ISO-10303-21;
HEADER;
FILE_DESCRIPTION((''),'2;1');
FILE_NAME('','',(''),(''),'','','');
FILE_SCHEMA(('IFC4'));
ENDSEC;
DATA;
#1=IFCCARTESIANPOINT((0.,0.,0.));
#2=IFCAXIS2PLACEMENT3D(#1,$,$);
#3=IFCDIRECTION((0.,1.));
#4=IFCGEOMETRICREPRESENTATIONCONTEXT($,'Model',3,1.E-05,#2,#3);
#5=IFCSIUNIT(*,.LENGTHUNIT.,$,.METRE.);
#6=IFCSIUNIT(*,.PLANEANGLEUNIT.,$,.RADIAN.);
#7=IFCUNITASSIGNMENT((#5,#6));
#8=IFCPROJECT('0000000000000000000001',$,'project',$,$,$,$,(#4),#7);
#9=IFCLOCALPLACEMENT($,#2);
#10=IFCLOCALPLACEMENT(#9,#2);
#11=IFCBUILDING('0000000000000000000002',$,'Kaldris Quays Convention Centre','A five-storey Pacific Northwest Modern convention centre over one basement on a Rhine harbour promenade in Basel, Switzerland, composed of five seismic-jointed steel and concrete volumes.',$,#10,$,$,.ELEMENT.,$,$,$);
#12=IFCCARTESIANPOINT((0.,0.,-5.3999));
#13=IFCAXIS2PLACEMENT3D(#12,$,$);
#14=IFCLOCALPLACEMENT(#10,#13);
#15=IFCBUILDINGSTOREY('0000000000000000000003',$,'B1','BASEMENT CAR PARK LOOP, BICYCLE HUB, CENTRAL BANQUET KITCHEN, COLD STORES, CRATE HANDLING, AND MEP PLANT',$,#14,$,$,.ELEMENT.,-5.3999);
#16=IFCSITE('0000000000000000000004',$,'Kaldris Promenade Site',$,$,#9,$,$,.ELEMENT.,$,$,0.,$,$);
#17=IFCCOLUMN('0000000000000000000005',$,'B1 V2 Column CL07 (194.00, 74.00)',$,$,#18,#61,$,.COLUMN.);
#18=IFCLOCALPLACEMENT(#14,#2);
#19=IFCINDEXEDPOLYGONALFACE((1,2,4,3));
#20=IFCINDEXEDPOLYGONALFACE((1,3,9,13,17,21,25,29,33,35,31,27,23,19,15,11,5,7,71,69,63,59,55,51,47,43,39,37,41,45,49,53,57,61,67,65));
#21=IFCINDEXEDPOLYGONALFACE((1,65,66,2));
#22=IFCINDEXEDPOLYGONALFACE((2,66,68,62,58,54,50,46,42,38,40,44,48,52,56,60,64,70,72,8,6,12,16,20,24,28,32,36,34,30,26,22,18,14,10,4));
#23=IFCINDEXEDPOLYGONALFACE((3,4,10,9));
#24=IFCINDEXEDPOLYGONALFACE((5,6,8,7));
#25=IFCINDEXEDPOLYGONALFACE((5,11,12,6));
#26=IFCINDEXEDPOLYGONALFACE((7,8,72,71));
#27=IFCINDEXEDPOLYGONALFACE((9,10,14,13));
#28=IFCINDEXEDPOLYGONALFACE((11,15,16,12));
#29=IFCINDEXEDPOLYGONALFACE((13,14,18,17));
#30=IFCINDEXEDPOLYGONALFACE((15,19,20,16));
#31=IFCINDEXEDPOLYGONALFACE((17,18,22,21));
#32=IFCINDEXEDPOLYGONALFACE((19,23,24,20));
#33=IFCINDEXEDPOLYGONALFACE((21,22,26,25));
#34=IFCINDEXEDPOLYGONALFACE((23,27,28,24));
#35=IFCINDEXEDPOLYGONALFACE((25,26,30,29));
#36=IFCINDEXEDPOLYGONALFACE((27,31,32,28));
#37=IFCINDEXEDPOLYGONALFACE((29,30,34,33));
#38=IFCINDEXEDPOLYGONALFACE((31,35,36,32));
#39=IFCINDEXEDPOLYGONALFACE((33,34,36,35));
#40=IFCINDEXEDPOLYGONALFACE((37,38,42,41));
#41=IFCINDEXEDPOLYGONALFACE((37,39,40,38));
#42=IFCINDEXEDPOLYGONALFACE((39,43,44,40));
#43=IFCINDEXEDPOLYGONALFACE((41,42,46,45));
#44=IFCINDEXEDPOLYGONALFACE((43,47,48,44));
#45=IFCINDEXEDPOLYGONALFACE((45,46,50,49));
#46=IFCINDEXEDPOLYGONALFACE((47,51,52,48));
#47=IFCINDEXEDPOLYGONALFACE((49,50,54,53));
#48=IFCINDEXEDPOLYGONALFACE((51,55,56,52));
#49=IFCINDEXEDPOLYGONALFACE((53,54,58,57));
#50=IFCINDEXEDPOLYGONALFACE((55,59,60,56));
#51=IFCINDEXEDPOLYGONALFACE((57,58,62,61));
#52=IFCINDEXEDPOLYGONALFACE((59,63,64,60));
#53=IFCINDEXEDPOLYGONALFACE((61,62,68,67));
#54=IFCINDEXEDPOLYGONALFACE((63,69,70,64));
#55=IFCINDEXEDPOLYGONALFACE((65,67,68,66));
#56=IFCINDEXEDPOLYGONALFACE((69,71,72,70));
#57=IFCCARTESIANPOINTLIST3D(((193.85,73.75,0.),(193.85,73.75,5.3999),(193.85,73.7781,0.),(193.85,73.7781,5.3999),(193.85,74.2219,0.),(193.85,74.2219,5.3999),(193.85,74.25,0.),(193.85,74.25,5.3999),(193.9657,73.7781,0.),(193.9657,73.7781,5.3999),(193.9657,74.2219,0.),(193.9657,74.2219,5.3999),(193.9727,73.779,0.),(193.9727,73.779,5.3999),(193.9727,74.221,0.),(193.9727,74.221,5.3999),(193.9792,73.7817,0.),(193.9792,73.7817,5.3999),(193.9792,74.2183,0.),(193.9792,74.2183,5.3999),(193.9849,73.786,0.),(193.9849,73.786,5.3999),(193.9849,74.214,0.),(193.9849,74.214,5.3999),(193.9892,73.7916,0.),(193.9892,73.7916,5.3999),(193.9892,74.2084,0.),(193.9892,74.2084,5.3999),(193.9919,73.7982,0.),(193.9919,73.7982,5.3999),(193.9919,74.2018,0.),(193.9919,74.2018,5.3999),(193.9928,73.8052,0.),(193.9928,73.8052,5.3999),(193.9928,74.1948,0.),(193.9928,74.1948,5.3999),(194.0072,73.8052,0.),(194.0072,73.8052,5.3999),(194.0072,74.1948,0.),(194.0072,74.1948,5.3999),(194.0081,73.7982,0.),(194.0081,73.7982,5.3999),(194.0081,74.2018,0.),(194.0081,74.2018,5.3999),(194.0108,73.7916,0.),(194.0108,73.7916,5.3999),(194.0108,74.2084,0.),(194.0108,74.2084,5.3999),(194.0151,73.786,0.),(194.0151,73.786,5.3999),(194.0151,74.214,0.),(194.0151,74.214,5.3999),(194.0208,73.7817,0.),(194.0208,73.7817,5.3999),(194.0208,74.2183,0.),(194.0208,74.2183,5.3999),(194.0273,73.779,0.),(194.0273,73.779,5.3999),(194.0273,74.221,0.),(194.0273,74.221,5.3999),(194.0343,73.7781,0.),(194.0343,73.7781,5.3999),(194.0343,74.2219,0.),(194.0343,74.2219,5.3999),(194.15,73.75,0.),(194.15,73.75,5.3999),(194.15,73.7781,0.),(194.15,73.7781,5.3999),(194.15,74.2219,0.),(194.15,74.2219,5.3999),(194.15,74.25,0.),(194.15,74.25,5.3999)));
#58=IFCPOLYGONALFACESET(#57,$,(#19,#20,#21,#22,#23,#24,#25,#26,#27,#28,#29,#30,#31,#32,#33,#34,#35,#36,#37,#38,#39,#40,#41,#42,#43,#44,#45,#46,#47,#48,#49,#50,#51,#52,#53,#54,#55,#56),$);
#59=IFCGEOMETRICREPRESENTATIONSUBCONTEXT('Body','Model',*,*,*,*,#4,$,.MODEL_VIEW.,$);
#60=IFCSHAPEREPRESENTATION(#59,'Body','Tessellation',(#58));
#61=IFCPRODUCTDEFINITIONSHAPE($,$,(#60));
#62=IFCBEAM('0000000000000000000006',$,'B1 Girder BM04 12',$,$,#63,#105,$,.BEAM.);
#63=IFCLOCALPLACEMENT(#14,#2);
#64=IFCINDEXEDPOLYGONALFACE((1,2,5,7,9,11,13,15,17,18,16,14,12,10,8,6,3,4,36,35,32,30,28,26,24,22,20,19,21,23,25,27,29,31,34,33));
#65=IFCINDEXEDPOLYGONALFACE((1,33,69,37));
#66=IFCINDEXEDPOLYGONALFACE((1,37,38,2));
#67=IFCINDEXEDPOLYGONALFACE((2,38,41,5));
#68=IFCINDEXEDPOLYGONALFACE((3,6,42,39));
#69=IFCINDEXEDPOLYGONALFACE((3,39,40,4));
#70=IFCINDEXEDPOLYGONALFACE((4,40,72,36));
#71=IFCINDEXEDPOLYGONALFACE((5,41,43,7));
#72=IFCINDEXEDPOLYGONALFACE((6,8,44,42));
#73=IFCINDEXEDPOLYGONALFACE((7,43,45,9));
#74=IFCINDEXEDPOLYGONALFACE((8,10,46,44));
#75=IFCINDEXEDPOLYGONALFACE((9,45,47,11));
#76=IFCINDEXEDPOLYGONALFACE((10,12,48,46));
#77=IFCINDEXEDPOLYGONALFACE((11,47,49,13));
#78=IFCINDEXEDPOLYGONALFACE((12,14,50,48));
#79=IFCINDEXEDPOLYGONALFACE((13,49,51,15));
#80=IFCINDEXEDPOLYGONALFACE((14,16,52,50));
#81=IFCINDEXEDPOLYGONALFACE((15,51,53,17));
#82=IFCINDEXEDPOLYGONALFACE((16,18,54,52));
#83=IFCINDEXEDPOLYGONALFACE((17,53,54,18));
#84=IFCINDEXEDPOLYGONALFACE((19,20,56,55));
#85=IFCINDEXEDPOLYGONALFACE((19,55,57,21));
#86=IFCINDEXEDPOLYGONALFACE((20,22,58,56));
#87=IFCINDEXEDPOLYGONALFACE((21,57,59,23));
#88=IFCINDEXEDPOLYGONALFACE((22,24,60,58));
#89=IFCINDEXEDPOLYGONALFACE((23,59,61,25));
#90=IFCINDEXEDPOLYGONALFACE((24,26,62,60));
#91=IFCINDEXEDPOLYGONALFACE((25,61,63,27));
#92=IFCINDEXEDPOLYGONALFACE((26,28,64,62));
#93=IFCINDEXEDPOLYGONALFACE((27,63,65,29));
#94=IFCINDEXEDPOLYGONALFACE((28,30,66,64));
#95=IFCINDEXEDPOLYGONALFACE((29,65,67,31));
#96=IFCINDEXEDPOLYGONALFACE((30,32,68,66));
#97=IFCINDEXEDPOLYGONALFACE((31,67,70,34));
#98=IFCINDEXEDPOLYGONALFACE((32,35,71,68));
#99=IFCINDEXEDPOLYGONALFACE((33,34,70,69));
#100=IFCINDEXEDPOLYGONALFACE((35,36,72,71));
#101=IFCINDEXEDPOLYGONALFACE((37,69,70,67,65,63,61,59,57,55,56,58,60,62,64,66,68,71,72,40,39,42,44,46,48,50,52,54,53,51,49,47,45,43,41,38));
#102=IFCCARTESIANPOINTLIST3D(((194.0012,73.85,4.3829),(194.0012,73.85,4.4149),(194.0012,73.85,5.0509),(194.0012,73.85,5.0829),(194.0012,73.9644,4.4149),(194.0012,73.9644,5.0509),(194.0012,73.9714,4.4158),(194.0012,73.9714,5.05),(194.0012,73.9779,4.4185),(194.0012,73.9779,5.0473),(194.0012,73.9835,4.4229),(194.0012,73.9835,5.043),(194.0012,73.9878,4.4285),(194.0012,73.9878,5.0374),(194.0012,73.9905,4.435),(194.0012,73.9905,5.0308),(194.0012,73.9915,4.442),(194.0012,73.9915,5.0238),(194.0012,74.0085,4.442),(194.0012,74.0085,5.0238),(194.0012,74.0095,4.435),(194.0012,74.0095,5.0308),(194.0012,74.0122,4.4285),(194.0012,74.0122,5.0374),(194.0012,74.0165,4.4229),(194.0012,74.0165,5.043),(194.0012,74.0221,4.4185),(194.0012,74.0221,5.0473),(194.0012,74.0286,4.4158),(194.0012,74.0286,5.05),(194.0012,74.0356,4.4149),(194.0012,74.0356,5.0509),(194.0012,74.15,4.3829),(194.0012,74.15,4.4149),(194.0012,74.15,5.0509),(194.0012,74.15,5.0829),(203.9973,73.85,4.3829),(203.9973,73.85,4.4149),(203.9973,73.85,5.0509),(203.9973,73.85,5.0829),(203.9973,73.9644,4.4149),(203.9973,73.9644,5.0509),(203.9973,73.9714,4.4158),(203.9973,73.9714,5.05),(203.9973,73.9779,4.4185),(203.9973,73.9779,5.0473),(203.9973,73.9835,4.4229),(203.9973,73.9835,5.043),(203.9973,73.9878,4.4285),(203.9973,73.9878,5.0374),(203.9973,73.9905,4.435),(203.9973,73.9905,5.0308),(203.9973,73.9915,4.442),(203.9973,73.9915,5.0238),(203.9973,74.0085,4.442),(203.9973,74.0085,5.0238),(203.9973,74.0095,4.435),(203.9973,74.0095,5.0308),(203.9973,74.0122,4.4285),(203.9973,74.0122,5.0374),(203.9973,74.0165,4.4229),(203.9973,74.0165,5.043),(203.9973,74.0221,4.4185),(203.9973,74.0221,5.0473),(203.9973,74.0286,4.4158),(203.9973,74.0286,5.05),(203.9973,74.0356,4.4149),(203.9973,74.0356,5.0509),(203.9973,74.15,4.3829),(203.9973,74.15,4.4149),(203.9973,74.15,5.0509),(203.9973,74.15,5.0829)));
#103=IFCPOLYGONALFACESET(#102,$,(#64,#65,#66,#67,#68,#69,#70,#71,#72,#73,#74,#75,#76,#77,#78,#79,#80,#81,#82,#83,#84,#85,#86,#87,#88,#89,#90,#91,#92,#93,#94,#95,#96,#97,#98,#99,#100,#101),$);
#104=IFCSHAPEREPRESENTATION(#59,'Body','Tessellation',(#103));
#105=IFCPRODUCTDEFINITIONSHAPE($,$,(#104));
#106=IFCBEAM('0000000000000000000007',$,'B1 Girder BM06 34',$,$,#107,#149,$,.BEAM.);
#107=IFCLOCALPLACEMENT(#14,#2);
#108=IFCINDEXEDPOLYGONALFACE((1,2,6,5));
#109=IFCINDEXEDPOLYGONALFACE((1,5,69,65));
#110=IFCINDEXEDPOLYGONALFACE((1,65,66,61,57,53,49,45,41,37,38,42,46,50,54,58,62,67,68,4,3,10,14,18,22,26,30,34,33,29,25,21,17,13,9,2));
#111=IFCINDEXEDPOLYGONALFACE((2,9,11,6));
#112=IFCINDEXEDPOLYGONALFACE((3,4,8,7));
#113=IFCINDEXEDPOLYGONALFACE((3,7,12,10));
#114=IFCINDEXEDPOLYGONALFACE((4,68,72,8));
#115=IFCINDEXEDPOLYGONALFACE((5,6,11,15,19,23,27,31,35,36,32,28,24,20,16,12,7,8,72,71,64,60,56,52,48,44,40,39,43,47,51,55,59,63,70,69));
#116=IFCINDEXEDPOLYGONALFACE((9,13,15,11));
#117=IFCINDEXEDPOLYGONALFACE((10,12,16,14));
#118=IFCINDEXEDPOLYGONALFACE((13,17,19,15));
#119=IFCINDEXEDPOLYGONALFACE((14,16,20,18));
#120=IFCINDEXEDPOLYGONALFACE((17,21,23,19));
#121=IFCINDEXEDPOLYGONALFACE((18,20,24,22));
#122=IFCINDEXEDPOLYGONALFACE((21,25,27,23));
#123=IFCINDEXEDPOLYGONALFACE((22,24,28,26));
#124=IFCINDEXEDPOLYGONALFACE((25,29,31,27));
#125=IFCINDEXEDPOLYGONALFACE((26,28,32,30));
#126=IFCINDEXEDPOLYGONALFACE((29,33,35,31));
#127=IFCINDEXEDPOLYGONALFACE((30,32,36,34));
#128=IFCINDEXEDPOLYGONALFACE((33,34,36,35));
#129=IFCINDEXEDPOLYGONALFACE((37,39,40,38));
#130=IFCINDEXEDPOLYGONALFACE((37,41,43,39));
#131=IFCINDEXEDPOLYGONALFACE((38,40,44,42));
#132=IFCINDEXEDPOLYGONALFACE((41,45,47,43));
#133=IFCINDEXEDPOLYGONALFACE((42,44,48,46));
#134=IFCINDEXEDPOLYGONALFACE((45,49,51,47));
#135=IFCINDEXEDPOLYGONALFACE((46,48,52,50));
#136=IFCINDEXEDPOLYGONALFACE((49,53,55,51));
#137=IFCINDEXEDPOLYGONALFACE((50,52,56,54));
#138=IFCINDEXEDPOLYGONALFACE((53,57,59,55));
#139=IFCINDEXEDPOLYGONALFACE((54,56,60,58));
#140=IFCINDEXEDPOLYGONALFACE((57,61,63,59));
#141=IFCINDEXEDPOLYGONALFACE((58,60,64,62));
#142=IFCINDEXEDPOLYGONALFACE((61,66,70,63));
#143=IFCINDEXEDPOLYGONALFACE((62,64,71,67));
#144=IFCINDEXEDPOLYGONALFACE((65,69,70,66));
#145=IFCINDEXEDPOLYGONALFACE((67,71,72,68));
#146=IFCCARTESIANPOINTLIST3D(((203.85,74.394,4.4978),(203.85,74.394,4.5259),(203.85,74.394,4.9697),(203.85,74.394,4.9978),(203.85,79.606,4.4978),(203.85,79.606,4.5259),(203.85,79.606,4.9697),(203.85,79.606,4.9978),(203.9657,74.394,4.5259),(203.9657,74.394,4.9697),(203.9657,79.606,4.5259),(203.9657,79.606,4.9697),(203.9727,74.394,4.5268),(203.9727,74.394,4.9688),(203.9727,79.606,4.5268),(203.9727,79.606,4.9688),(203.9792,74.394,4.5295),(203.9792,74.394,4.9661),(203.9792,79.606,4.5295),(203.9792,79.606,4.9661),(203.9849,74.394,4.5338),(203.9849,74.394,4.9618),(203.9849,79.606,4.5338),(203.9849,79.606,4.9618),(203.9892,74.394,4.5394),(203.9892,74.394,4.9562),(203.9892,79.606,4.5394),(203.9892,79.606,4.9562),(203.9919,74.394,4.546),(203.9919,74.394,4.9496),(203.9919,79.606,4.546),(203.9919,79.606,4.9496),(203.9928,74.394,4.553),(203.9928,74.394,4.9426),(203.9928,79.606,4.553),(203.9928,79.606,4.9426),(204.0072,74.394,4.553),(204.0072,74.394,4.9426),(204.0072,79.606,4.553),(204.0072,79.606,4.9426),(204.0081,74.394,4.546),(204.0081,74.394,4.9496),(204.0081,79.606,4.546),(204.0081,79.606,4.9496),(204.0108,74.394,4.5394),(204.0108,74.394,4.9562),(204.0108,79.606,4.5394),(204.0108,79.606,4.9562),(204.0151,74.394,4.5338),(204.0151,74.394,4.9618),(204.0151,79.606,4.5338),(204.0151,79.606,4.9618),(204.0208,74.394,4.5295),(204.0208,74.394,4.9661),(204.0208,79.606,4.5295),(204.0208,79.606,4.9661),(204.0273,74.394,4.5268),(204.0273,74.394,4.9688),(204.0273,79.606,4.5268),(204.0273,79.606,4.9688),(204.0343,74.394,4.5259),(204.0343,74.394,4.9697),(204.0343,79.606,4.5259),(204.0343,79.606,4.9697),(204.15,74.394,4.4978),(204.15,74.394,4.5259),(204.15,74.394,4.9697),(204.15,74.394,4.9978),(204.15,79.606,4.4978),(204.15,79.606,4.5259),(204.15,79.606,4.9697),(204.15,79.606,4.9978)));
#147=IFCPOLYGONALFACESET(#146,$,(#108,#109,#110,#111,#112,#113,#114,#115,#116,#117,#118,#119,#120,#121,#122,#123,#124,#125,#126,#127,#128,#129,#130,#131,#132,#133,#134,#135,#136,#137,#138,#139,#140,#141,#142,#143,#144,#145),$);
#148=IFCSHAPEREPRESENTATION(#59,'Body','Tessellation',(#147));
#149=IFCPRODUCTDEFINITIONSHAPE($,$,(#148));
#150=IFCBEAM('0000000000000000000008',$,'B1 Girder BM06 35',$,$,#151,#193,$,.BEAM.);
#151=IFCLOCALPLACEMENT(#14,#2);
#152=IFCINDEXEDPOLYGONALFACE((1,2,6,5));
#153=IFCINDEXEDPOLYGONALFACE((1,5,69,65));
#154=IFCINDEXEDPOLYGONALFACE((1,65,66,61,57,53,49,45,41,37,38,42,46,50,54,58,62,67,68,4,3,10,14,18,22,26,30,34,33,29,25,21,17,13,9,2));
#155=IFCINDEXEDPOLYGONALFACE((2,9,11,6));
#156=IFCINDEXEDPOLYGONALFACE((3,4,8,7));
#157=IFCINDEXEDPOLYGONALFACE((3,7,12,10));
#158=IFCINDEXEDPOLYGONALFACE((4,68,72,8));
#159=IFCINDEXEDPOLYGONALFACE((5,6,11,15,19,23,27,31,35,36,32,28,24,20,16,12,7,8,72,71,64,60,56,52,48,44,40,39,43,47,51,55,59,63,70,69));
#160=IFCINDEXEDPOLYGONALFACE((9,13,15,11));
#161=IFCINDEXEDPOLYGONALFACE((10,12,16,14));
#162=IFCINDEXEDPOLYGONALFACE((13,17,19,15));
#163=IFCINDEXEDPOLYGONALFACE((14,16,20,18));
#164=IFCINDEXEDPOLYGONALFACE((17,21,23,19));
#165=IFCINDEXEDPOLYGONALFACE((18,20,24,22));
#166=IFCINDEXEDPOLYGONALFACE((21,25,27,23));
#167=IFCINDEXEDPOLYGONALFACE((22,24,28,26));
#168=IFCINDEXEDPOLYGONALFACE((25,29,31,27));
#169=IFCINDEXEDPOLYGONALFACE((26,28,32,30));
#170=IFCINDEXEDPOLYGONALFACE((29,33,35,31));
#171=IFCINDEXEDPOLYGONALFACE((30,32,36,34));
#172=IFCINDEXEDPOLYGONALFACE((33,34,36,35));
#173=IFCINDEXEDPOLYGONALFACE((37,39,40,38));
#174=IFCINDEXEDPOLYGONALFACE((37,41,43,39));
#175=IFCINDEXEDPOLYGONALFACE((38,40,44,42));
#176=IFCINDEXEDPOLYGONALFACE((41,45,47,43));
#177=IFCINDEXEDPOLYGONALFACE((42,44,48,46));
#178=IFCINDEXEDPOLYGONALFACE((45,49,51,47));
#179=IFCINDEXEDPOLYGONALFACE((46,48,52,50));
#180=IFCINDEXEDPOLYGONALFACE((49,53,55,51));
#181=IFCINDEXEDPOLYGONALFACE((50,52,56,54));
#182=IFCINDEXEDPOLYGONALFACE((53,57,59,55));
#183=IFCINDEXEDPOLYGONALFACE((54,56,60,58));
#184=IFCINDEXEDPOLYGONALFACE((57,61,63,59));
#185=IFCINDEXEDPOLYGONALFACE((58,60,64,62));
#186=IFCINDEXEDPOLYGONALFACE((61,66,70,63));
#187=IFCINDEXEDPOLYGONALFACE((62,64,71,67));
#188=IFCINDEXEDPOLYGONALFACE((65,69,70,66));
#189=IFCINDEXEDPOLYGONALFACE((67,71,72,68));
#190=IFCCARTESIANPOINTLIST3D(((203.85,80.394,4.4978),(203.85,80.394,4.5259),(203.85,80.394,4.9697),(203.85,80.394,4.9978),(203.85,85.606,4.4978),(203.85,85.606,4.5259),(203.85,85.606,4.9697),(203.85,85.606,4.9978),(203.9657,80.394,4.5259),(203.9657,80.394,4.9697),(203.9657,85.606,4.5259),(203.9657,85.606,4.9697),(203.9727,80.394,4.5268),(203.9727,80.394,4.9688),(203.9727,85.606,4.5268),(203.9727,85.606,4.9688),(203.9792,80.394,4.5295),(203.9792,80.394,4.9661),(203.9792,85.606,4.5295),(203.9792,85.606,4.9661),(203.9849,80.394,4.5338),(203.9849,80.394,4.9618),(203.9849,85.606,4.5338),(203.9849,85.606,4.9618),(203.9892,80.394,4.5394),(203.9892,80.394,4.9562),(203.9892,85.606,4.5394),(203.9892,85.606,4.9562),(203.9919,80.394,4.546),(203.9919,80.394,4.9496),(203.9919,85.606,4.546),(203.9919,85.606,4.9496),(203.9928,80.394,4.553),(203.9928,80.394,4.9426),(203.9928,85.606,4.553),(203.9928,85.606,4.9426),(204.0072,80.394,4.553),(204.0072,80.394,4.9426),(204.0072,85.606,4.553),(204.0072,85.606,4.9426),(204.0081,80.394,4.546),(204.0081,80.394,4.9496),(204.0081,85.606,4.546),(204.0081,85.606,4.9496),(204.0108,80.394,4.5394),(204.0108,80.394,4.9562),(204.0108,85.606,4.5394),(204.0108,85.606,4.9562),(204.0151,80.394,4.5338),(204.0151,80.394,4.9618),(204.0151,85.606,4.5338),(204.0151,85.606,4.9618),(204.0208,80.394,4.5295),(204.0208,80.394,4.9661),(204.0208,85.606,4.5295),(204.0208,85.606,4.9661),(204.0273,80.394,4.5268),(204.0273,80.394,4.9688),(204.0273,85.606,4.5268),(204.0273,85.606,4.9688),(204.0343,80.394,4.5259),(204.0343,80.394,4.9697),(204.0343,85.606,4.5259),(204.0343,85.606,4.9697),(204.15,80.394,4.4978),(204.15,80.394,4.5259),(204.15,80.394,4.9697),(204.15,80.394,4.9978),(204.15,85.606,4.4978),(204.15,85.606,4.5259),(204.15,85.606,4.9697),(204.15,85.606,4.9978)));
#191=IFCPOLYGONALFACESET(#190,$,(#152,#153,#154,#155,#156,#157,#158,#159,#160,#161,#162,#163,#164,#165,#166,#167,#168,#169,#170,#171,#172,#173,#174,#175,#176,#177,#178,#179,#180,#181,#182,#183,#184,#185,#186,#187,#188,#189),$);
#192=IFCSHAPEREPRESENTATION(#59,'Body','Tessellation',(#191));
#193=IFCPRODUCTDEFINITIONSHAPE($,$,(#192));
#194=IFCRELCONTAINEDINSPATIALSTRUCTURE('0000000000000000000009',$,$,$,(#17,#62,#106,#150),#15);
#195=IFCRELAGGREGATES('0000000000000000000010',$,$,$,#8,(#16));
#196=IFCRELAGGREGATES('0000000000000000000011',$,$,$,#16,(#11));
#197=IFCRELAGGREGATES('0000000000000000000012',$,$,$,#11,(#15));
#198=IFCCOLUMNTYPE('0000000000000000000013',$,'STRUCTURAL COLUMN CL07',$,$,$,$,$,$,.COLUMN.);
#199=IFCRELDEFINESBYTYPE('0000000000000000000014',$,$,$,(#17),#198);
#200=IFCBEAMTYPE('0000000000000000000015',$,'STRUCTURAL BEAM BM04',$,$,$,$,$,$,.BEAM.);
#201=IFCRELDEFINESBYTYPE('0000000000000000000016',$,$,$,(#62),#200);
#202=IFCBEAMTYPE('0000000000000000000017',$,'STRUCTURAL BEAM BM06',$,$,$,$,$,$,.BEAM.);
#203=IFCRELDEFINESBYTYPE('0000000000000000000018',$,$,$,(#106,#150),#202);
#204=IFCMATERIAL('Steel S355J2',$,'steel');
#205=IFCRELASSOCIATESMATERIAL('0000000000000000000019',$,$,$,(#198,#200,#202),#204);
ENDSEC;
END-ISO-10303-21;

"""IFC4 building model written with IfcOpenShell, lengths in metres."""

from ifc_helpers import new_model, si_unit, direction, frame, origin, origin_2d, place, context, subcontext, project, spatial, i_section, extrude, material, material_profile, profile_set, type_object, element, save


model = new_model("IFC4")

# Units and contexts
model_context = context("Model", 3, precision=1e-05, world=origin(), true_north=direction((0.0, 1.0)))
body_context = subcontext(model_context, "Body", "Model", "MODEL_VIEW")
ifc_project = project(units=[si_unit("LENGTHUNIT", "METRE"), si_unit("PLANEANGLEUNIT", "RADIAN")], contexts=[model_context])

# Site, building, storey
site_placement = place(None, origin())
site = spatial("IfcSite", under=ifc_project, at=site_placement, Name="Kaldris Promenade Site", CompositionType="ELEMENT", RefElevation=0.0)
building_placement = place(site_placement, origin())
building = spatial("IfcBuilding", under=site, at=building_placement, Name="Kaldris Quays Convention Centre", Description="A five-storey Pacific Northwest Modern convention centre over one basement on a Rhine harbour promenade in Basel, Switzerland, composed of five seismic-jointed steel and concrete volumes.", CompositionType="ELEMENT")
storey_placement = place(building_placement, frame((0.0, 0.0, -5.3999)))
storey = spatial("IfcBuildingStorey", under=building, at=storey_placement, Name="B1", Description="BASEMENT CAR PARK LOOP, BICYCLE HUB, CENTRAL BANQUET KITCHEN, COLD STORES, CRATE HANDLING, AND MEP PLANT", CompositionType="ELEMENT", Elevation=-5.3999)

# Column
ifc_material_1 = material(Name="Steel S355J2", Category="steel")
ifc_material_profile_1 = material_profile(ifc_material_1, i_section(OverallWidth=0.3, OverallDepth=0.5, WebThickness=0.0144, FlangeThickness=0.0281, FilletRadius=0.0271, at=origin_2d()), Name="HEB 500")
ifc_profile_set_1 = profile_set([ifc_material_profile_1], Name="Steel S355J2")
column_type_1 = type_object("IfcColumnType", Name="STRUCTURAL COLUMN CL07", PredefinedType="COLUMN", material=ifc_profile_set_1)
column_placement = place(storey_placement, frame((194.0, 74.0, 0.0), z_axis=(0.0, 0.0, 1.0), x_axis=(1.0, 0.0, 0.0)))
element("IfcColumn", 1, at=column_placement, inside=storey, type_object=column_type_1, Name="B1 V2 Column CL07 (194.00, 74.00)", PredefinedType="COLUMN", context=body_context, shape_type="SweptSolid", body=[
    extrude(i_section(OverallWidth=0.3, OverallDepth=0.5, WebThickness=0.0144, FlangeThickness=0.0281, FilletRadius=0.0271, at=origin_2d()), origin(), (0.0, 0.0, 1.0), 5.3999),
])

# Beams
ifc_material_profile_2 = material_profile(ifc_material_1, i_section(OverallWidth=0.3, OverallDepth=0.7, WebThickness=0.0171, FlangeThickness=0.032, FilletRadius=0.0271, at=origin_2d()), Name="HEB 700")
ifc_profile_set_2 = profile_set([ifc_material_profile_2], Name="Steel S355J2")
beam_type_1 = type_object("IfcBeamType", Name="STRUCTURAL BEAM BM04", PredefinedType="BEAM", material=ifc_profile_set_2)
beam_placement = place(storey_placement, frame((194.0012, 74.0, 4.7329), z_axis=(1.0, 0.0, 0.0), x_axis=(0.0, 1.0, 0.0)))
element("IfcBeam", 2, at=beam_placement, inside=storey, type_object=beam_type_1, Name="B1 Girder BM04 12", PredefinedType="BEAM", context=body_context, shape_type="SweptSolid", body=[
    extrude(i_section(OverallWidth=0.3, OverallDepth=0.7, WebThickness=0.0171, FlangeThickness=0.032, FilletRadius=0.0271, at=origin_2d()), origin(), (0.0, 0.0, 1.0), 9.9961),
])
ifc_material_profile_3 = material_profile(ifc_material_1, i_section(OverallWidth=0.3, OverallDepth=0.5, WebThickness=0.0144, FlangeThickness=0.0281, FilletRadius=0.0271, at=origin_2d()), Name="HEB 500")
ifc_profile_set_3 = profile_set([ifc_material_profile_3], Name="Steel S355J2")
beam_type_2 = type_object("IfcBeamType", Name="STRUCTURAL BEAM BM06", PredefinedType="BEAM", material=ifc_profile_set_3)
for number, where, z_axis, x_axis, name in (
    (3, (204.0, 74.394, 4.7478), (0.0, 1.0, 0.0), (-1.0, 0.0, 0.0), "B1 Girder BM06 34"),
    (4, (204.0, 80.394, 4.7478), (0.0, 1.0, 0.0), (-1.0, 0.0, 0.0), "B1 Girder BM06 35"),
):
    element("IfcBeam", number, at=place(storey_placement, frame(where, z_axis=z_axis, x_axis=x_axis)), inside=storey, type_object=beam_type_2, Name=name, PredefinedType="BEAM", context=body_context, shape_type="SweptSolid", body=[
        extrude(i_section(OverallWidth=0.3, OverallDepth=0.5, WebThickness=0.0144, FlangeThickness=0.0281, FilletRadius=0.0271, at=origin_2d()), origin(), (0.0, 0.0, 1.0), 5.2119),
    ])

save(model, "model.ifc")
